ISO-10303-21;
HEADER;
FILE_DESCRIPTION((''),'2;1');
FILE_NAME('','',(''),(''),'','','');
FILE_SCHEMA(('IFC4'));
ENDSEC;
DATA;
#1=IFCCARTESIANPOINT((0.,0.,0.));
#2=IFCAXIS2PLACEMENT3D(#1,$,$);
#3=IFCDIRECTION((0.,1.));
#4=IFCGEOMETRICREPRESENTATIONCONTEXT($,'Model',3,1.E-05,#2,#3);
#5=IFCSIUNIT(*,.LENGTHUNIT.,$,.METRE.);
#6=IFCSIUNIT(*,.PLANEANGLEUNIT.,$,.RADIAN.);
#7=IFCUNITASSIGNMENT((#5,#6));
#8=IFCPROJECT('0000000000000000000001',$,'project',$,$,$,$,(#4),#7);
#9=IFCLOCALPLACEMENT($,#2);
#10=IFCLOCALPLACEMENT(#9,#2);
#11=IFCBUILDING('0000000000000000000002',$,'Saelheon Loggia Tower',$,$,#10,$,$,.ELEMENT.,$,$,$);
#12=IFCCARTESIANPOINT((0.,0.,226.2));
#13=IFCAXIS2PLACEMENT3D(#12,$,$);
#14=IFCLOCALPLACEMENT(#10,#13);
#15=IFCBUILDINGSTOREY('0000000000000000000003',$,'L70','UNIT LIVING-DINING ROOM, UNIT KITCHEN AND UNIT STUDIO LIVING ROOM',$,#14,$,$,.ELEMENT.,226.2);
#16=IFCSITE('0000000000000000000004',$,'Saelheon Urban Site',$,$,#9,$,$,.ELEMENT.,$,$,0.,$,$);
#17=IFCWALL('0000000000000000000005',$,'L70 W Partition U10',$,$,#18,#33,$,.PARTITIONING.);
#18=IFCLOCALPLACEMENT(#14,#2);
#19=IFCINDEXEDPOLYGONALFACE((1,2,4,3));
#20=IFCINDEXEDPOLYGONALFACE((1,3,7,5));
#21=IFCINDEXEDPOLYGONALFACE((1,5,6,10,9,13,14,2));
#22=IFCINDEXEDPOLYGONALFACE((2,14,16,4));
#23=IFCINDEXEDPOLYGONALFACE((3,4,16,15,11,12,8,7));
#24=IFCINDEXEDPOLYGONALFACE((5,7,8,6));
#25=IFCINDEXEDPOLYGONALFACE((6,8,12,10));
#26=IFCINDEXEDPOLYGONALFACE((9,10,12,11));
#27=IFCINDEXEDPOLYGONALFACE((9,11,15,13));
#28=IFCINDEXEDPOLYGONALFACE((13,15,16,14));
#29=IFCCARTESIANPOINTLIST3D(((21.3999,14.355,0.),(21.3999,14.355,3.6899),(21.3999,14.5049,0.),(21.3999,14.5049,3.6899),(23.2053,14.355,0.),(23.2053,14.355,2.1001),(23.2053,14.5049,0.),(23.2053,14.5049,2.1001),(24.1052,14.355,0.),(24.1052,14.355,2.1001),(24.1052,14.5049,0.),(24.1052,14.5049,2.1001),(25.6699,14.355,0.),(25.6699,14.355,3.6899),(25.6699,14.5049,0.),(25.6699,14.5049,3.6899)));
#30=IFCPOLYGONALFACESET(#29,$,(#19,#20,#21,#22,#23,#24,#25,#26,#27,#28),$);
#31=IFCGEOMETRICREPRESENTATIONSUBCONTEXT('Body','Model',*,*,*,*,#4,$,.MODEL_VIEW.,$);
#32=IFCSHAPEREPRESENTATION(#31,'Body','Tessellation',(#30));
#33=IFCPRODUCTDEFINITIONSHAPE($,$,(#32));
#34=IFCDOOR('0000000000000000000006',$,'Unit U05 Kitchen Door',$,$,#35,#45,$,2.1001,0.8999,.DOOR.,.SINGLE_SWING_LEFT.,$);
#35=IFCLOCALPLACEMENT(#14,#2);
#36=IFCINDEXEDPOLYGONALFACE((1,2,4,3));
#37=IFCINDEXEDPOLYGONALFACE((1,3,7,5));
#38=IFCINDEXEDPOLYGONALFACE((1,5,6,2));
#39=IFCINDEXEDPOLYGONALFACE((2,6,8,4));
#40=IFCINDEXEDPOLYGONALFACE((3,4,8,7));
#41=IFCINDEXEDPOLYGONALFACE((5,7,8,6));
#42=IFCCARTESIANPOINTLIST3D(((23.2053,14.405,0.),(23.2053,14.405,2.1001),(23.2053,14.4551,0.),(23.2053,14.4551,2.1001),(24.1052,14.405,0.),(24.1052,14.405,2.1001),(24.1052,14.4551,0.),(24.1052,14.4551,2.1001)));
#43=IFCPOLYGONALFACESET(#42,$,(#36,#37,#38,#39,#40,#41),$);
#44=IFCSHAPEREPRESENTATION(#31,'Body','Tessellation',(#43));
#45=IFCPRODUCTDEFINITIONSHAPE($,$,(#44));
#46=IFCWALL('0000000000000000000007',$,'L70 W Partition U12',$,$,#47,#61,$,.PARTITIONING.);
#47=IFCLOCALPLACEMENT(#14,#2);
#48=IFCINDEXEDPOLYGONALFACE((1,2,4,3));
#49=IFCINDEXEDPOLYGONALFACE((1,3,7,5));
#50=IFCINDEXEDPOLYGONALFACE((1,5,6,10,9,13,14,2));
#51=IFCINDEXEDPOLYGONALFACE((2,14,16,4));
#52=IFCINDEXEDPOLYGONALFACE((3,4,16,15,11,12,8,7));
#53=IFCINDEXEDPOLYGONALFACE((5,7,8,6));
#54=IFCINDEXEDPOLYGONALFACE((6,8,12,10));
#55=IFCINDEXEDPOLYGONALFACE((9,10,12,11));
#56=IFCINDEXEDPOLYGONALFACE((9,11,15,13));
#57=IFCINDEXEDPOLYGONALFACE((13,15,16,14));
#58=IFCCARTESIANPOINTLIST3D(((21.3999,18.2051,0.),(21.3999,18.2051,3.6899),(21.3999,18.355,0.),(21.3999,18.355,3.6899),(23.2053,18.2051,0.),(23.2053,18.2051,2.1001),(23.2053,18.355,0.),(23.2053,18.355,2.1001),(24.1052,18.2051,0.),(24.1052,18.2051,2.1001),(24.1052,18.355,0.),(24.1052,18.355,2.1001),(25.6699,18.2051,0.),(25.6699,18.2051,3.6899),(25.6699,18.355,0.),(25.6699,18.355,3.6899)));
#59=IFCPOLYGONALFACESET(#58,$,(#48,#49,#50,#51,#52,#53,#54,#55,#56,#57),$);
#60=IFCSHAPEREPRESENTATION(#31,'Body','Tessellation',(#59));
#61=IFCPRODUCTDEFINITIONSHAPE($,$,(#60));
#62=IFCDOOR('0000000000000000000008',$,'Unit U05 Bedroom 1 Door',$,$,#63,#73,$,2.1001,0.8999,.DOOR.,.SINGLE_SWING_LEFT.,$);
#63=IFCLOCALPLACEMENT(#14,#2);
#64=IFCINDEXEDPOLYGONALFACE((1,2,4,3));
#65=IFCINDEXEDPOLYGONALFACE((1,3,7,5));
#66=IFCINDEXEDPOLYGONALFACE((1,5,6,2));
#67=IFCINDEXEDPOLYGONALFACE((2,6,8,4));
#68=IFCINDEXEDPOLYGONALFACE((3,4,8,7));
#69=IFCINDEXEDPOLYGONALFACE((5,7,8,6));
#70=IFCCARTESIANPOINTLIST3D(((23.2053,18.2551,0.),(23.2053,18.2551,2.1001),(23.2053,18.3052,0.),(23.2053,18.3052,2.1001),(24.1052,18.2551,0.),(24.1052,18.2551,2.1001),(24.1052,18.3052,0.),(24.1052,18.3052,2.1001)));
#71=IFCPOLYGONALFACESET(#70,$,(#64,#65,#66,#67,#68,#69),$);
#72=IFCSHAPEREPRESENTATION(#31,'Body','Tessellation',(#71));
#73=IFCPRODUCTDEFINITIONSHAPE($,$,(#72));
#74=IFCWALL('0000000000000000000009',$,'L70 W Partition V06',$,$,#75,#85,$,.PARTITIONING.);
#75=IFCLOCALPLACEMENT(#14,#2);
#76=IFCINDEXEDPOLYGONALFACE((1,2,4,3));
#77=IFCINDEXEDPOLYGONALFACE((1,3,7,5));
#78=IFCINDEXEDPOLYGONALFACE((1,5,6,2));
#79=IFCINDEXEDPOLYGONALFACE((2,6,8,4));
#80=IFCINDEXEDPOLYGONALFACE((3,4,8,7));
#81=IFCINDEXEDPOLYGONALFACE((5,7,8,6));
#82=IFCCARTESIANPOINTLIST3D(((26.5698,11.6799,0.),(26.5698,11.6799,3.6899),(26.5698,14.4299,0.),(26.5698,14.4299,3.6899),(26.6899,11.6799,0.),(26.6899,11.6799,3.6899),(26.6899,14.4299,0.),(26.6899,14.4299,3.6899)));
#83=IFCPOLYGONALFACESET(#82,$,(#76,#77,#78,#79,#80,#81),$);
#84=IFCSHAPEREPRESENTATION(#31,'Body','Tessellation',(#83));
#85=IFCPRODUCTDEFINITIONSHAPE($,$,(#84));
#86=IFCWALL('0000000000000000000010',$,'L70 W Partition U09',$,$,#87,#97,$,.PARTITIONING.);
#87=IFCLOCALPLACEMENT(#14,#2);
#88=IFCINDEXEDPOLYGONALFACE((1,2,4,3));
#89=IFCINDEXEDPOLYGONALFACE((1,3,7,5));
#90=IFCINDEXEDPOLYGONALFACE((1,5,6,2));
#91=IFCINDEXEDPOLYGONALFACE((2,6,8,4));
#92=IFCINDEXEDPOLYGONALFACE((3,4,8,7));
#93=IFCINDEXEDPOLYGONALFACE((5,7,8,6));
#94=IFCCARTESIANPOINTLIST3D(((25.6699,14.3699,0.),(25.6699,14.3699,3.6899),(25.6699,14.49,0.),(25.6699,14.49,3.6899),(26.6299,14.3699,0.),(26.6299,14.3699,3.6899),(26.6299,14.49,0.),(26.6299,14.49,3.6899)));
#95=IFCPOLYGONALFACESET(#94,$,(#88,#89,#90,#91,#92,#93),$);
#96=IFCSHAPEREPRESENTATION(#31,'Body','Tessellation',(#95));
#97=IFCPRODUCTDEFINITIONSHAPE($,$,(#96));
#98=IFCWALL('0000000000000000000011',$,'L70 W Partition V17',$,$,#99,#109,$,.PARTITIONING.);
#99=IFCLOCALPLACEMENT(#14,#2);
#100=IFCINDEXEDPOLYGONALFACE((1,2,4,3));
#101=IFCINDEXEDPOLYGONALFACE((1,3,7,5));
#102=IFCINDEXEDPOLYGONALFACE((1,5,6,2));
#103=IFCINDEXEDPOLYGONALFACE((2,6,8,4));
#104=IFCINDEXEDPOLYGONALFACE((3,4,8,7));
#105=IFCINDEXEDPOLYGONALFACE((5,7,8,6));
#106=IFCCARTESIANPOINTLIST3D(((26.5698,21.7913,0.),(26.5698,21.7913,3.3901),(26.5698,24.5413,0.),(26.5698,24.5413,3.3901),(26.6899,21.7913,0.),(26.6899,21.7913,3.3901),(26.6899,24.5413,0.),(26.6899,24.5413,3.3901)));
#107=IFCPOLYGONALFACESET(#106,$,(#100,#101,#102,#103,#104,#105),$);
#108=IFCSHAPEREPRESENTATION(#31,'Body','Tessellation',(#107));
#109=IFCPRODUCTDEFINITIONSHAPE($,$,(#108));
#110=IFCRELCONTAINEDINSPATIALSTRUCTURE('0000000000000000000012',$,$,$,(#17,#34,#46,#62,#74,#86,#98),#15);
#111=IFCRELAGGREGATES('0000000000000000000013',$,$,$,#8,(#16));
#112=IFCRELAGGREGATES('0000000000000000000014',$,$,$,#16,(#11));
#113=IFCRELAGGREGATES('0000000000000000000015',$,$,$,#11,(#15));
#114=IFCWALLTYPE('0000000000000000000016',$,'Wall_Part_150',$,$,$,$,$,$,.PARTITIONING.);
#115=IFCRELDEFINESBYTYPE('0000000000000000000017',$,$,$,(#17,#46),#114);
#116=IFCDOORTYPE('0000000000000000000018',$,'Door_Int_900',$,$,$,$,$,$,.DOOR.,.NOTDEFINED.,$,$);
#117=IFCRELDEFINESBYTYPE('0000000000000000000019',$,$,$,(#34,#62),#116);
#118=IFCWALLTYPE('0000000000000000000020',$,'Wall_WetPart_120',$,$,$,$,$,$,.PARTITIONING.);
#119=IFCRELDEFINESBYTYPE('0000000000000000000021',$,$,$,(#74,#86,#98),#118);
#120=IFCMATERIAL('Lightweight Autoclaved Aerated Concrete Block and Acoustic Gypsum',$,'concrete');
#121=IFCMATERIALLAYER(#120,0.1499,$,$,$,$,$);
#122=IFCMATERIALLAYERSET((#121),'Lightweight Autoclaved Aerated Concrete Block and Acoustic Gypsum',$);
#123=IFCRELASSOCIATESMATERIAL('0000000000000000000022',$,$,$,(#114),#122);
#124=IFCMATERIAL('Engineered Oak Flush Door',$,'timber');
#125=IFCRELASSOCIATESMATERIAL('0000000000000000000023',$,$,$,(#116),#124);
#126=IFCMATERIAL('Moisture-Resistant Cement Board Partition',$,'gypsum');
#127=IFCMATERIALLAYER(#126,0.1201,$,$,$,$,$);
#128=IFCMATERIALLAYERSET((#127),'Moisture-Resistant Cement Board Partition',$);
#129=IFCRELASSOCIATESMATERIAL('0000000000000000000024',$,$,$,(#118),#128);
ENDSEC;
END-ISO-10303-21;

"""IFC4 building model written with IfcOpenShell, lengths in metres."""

from ifc_helpers import new_model, si_unit, direction, frame, frame_2d, origin, place, context, subcontext, project, spatial, rectangle, extrude, source, transform, mapped, material, layer, layer_set, type_object, element, fill, save


model = new_model("IFC4")

# Units and contexts
model_context = context("Model", 3, precision=1e-05, world=origin(), true_north=direction((0.0, 1.0)))
body_context = subcontext(model_context, "Body", "Model", "MODEL_VIEW")
ifc_project = project(units=[si_unit("LENGTHUNIT", "METRE"), si_unit("PLANEANGLEUNIT", "RADIAN")], contexts=[model_context])

# Site, building, storey
site_placement = place(None, origin())
site = spatial("IfcSite", under=ifc_project, at=site_placement, Name="Saelheon Urban Site", CompositionType="ELEMENT", RefElevation=0.0)
building_placement = place(site_placement, origin())
building = spatial("IfcBuilding", under=site, at=building_placement, Name="Saelheon Loggia Tower", CompositionType="ELEMENT")
storey_placement = place(building_placement, frame((0.0, 0.0, 226.2)))
storey = spatial("IfcBuildingStorey", under=building, at=storey_placement, Name="L70", Description="UNIT LIVING-DINING ROOM, UNIT KITCHEN AND UNIT STUDIO LIVING ROOM", CompositionType="ELEMENT", Elevation=226.2)

# Shared definitions
ifc_material_1 = material(Name="Lightweight Autoclaved Aerated Concrete Block and Acoustic Gypsum", Category="concrete")
ifc_layer_1 = layer(ifc_material_1, 0.1499)
ifc_layer_set_1 = layer_set([ifc_layer_1], Name="Lightweight Autoclaved Aerated Concrete Block and Acoustic Gypsum")
wall_type_1 = type_object("IfcWallType", Name="Wall_Part_150", PredefinedType="PARTITIONING", material=ifc_layer_set_1)

# Walls, openings, doors
wall_1_placement = place(storey_placement, frame((25.6699, 14.4299, 0.0), z_axis=(0.0, 0.0, 1.0), x_axis=(-1.0, 0.0, 0.0)))
wall_1 = element("IfcWall", 1, at=wall_1_placement, inside=storey, type_object=wall_type_1, Name="L70 W Partition U10", PredefinedType="PARTITIONING", context=body_context, shape_type="SweptSolid", body=[
    extrude(rectangle(XDim=4.27, YDim=0.1499, at=frame_2d((2.135, 0.0))), origin(), (0.0, 0.0, 1.0), 3.6899),
])
opening_1_placement = place(wall_1_placement, frame((1.5647, 0.0, 0.0)))
opening_1 = element("IfcOpeningElement", 2, at=opening_1_placement, cuts=wall_1, PredefinedType="OPENING", context=body_context, shape_type="SweptSolid", body=[
    extrude(rectangle(XDim=0.8999, YDim=2.1001, at=frame_2d((0.45, 1.05))), frame((0.0, 0.0869, 0.0), z_axis=(0.0, -1.0, 0.0), x_axis=(1.0, 0.0, 0.0)), (0.0, 0.0, 1.0), 0.1738),
])
ifc_material_2 = material(Name="Engineered Oak Flush Door", Category="timber")
door_type = type_object("IfcDoorType", Name="Door_Int_900", OperationType="NOTDEFINED", PredefinedType="DOOR", material=ifc_material_2)
shared_shape_1 = source(origin(), body_context, "Body", "SweptSolid", [
    extrude(rectangle(XDim=0.8999, YDim=2.1001, at=frame_2d((0.45, 1.05))), frame((0.0, 0.0249, 0.0), z_axis=(0.0, -1.0, 0.0), x_axis=(1.0, 0.0, 0.0)), (0.0, 0.0, 1.0), 0.05),
])
door_1_placement = place(opening_1_placement, origin())
door_1 = element("IfcDoor", 3, at=door_1_placement, inside=storey, type_object=door_type, Name="Unit U05 Kitchen Door", OperationType="SINGLE_SWING_LEFT", OverallHeight=2.1001, OverallWidth=0.8999, PredefinedType="DOOR", context=body_context, shape_type="MappedRepresentation", body=[
    mapped(shared_shape_1, transform((0.0, 0.0, 0.0), scale=1.0)),
])
fill(opening_1, door_1)
wall_2_placement = place(storey_placement, frame((25.6699, 18.28, 0.0), z_axis=(0.0, 0.0, 1.0), x_axis=(-1.0, 0.0, 0.0)))
wall_2 = element("IfcWall", 4, at=wall_2_placement, inside=storey, type_object=wall_type_1, Name="L70 W Partition U12", PredefinedType="PARTITIONING", context=body_context, shape_type="SweptSolid", body=[
    extrude(rectangle(XDim=4.27, YDim=0.1499, at=frame_2d((2.135, 0.0))), origin(), (0.0, 0.0, 1.0), 3.6899),
])
opening_2_placement = place(wall_2_placement, frame((1.5647, 0.0, 0.0)))
opening_2 = element("IfcOpeningElement", 5, at=opening_2_placement, cuts=wall_2, PredefinedType="OPENING", context=body_context, shape_type="SweptSolid", body=[
    extrude(rectangle(XDim=0.8999, YDim=2.1001, at=frame_2d((0.45, 1.05))), frame((0.0, 0.0869, 0.0), z_axis=(0.0, -1.0, 0.0), x_axis=(1.0, 0.0, 0.0)), (0.0, 0.0, 1.0), 0.1738),
])
door_2_placement = place(opening_2_placement, origin())
door_2 = element("IfcDoor", 6, at=door_2_placement, inside=storey, type_object=door_type, Name="Unit U05 Bedroom 1 Door", OperationType="SINGLE_SWING_LEFT", OverallHeight=2.1001, OverallWidth=0.8999, PredefinedType="DOOR", context=body_context, shape_type="MappedRepresentation", body=[
    mapped(shared_shape_1, transform((0.0, 0.0, 0.0), scale=1.0)),
])
fill(opening_2, door_2)

# Walls
ifc_material_3 = material(Name="Moisture-Resistant Cement Board Partition", Category="gypsum")
ifc_layer_2 = layer(ifc_material_3, 0.1201)
ifc_layer_set_2 = layer_set([ifc_layer_2], Name="Moisture-Resistant Cement Board Partition")
wall_type_2 = type_object("IfcWallType", Name="Wall_WetPart_120", PredefinedType="PARTITIONING", material=ifc_layer_set_2)
wall_3_placement = place(storey_placement, frame((26.6299, 11.6799, 0.0), z_axis=(0.0, 0.0, 1.0), x_axis=(0.0, 1.0, 0.0)))
element("IfcWall", 7, at=wall_3_placement, inside=storey, type_object=wall_type_2, Name="L70 W Partition V06", PredefinedType="PARTITIONING", context=body_context, shape_type="SweptSolid", body=[
    extrude(rectangle(XDim=2.75, YDim=0.1201, at=frame_2d((1.375, 0.0))), origin(), (0.0, 0.0, 1.0), 3.6899),
])
wall_4_placement = place(storey_placement, frame((26.6299, 14.4299, 0.0), z_axis=(0.0, 0.0, 1.0), x_axis=(-1.0, 0.0, 0.0)))
element("IfcWall", 8, at=wall_4_placement, inside=storey, type_object=wall_type_2, Name="L70 W Partition U09", PredefinedType="PARTITIONING", context=body_context, shape_type="SweptSolid", body=[
    extrude(rectangle(XDim=0.96, YDim=0.1201, at=frame_2d((0.48, 0.0))), origin(), (0.0, 0.0, 1.0), 3.6899),
])
wall_5_placement = place(storey_placement, frame((26.6299, 21.7913, 0.0), z_axis=(0.0, 0.0, 1.0), x_axis=(0.0, 1.0, 0.0)))
element("IfcWall", 9, at=wall_5_placement, inside=storey, type_object=wall_type_2, Name="L70 W Partition V17", PredefinedType="PARTITIONING", context=body_context, shape_type="SweptSolid", body=[
    extrude(rectangle(XDim=2.75, YDim=0.1201, at=frame_2d((1.375, 0.0))), origin(), (0.0, 0.0, 1.0), 3.3901),
])

save(model, "model.ifc")
